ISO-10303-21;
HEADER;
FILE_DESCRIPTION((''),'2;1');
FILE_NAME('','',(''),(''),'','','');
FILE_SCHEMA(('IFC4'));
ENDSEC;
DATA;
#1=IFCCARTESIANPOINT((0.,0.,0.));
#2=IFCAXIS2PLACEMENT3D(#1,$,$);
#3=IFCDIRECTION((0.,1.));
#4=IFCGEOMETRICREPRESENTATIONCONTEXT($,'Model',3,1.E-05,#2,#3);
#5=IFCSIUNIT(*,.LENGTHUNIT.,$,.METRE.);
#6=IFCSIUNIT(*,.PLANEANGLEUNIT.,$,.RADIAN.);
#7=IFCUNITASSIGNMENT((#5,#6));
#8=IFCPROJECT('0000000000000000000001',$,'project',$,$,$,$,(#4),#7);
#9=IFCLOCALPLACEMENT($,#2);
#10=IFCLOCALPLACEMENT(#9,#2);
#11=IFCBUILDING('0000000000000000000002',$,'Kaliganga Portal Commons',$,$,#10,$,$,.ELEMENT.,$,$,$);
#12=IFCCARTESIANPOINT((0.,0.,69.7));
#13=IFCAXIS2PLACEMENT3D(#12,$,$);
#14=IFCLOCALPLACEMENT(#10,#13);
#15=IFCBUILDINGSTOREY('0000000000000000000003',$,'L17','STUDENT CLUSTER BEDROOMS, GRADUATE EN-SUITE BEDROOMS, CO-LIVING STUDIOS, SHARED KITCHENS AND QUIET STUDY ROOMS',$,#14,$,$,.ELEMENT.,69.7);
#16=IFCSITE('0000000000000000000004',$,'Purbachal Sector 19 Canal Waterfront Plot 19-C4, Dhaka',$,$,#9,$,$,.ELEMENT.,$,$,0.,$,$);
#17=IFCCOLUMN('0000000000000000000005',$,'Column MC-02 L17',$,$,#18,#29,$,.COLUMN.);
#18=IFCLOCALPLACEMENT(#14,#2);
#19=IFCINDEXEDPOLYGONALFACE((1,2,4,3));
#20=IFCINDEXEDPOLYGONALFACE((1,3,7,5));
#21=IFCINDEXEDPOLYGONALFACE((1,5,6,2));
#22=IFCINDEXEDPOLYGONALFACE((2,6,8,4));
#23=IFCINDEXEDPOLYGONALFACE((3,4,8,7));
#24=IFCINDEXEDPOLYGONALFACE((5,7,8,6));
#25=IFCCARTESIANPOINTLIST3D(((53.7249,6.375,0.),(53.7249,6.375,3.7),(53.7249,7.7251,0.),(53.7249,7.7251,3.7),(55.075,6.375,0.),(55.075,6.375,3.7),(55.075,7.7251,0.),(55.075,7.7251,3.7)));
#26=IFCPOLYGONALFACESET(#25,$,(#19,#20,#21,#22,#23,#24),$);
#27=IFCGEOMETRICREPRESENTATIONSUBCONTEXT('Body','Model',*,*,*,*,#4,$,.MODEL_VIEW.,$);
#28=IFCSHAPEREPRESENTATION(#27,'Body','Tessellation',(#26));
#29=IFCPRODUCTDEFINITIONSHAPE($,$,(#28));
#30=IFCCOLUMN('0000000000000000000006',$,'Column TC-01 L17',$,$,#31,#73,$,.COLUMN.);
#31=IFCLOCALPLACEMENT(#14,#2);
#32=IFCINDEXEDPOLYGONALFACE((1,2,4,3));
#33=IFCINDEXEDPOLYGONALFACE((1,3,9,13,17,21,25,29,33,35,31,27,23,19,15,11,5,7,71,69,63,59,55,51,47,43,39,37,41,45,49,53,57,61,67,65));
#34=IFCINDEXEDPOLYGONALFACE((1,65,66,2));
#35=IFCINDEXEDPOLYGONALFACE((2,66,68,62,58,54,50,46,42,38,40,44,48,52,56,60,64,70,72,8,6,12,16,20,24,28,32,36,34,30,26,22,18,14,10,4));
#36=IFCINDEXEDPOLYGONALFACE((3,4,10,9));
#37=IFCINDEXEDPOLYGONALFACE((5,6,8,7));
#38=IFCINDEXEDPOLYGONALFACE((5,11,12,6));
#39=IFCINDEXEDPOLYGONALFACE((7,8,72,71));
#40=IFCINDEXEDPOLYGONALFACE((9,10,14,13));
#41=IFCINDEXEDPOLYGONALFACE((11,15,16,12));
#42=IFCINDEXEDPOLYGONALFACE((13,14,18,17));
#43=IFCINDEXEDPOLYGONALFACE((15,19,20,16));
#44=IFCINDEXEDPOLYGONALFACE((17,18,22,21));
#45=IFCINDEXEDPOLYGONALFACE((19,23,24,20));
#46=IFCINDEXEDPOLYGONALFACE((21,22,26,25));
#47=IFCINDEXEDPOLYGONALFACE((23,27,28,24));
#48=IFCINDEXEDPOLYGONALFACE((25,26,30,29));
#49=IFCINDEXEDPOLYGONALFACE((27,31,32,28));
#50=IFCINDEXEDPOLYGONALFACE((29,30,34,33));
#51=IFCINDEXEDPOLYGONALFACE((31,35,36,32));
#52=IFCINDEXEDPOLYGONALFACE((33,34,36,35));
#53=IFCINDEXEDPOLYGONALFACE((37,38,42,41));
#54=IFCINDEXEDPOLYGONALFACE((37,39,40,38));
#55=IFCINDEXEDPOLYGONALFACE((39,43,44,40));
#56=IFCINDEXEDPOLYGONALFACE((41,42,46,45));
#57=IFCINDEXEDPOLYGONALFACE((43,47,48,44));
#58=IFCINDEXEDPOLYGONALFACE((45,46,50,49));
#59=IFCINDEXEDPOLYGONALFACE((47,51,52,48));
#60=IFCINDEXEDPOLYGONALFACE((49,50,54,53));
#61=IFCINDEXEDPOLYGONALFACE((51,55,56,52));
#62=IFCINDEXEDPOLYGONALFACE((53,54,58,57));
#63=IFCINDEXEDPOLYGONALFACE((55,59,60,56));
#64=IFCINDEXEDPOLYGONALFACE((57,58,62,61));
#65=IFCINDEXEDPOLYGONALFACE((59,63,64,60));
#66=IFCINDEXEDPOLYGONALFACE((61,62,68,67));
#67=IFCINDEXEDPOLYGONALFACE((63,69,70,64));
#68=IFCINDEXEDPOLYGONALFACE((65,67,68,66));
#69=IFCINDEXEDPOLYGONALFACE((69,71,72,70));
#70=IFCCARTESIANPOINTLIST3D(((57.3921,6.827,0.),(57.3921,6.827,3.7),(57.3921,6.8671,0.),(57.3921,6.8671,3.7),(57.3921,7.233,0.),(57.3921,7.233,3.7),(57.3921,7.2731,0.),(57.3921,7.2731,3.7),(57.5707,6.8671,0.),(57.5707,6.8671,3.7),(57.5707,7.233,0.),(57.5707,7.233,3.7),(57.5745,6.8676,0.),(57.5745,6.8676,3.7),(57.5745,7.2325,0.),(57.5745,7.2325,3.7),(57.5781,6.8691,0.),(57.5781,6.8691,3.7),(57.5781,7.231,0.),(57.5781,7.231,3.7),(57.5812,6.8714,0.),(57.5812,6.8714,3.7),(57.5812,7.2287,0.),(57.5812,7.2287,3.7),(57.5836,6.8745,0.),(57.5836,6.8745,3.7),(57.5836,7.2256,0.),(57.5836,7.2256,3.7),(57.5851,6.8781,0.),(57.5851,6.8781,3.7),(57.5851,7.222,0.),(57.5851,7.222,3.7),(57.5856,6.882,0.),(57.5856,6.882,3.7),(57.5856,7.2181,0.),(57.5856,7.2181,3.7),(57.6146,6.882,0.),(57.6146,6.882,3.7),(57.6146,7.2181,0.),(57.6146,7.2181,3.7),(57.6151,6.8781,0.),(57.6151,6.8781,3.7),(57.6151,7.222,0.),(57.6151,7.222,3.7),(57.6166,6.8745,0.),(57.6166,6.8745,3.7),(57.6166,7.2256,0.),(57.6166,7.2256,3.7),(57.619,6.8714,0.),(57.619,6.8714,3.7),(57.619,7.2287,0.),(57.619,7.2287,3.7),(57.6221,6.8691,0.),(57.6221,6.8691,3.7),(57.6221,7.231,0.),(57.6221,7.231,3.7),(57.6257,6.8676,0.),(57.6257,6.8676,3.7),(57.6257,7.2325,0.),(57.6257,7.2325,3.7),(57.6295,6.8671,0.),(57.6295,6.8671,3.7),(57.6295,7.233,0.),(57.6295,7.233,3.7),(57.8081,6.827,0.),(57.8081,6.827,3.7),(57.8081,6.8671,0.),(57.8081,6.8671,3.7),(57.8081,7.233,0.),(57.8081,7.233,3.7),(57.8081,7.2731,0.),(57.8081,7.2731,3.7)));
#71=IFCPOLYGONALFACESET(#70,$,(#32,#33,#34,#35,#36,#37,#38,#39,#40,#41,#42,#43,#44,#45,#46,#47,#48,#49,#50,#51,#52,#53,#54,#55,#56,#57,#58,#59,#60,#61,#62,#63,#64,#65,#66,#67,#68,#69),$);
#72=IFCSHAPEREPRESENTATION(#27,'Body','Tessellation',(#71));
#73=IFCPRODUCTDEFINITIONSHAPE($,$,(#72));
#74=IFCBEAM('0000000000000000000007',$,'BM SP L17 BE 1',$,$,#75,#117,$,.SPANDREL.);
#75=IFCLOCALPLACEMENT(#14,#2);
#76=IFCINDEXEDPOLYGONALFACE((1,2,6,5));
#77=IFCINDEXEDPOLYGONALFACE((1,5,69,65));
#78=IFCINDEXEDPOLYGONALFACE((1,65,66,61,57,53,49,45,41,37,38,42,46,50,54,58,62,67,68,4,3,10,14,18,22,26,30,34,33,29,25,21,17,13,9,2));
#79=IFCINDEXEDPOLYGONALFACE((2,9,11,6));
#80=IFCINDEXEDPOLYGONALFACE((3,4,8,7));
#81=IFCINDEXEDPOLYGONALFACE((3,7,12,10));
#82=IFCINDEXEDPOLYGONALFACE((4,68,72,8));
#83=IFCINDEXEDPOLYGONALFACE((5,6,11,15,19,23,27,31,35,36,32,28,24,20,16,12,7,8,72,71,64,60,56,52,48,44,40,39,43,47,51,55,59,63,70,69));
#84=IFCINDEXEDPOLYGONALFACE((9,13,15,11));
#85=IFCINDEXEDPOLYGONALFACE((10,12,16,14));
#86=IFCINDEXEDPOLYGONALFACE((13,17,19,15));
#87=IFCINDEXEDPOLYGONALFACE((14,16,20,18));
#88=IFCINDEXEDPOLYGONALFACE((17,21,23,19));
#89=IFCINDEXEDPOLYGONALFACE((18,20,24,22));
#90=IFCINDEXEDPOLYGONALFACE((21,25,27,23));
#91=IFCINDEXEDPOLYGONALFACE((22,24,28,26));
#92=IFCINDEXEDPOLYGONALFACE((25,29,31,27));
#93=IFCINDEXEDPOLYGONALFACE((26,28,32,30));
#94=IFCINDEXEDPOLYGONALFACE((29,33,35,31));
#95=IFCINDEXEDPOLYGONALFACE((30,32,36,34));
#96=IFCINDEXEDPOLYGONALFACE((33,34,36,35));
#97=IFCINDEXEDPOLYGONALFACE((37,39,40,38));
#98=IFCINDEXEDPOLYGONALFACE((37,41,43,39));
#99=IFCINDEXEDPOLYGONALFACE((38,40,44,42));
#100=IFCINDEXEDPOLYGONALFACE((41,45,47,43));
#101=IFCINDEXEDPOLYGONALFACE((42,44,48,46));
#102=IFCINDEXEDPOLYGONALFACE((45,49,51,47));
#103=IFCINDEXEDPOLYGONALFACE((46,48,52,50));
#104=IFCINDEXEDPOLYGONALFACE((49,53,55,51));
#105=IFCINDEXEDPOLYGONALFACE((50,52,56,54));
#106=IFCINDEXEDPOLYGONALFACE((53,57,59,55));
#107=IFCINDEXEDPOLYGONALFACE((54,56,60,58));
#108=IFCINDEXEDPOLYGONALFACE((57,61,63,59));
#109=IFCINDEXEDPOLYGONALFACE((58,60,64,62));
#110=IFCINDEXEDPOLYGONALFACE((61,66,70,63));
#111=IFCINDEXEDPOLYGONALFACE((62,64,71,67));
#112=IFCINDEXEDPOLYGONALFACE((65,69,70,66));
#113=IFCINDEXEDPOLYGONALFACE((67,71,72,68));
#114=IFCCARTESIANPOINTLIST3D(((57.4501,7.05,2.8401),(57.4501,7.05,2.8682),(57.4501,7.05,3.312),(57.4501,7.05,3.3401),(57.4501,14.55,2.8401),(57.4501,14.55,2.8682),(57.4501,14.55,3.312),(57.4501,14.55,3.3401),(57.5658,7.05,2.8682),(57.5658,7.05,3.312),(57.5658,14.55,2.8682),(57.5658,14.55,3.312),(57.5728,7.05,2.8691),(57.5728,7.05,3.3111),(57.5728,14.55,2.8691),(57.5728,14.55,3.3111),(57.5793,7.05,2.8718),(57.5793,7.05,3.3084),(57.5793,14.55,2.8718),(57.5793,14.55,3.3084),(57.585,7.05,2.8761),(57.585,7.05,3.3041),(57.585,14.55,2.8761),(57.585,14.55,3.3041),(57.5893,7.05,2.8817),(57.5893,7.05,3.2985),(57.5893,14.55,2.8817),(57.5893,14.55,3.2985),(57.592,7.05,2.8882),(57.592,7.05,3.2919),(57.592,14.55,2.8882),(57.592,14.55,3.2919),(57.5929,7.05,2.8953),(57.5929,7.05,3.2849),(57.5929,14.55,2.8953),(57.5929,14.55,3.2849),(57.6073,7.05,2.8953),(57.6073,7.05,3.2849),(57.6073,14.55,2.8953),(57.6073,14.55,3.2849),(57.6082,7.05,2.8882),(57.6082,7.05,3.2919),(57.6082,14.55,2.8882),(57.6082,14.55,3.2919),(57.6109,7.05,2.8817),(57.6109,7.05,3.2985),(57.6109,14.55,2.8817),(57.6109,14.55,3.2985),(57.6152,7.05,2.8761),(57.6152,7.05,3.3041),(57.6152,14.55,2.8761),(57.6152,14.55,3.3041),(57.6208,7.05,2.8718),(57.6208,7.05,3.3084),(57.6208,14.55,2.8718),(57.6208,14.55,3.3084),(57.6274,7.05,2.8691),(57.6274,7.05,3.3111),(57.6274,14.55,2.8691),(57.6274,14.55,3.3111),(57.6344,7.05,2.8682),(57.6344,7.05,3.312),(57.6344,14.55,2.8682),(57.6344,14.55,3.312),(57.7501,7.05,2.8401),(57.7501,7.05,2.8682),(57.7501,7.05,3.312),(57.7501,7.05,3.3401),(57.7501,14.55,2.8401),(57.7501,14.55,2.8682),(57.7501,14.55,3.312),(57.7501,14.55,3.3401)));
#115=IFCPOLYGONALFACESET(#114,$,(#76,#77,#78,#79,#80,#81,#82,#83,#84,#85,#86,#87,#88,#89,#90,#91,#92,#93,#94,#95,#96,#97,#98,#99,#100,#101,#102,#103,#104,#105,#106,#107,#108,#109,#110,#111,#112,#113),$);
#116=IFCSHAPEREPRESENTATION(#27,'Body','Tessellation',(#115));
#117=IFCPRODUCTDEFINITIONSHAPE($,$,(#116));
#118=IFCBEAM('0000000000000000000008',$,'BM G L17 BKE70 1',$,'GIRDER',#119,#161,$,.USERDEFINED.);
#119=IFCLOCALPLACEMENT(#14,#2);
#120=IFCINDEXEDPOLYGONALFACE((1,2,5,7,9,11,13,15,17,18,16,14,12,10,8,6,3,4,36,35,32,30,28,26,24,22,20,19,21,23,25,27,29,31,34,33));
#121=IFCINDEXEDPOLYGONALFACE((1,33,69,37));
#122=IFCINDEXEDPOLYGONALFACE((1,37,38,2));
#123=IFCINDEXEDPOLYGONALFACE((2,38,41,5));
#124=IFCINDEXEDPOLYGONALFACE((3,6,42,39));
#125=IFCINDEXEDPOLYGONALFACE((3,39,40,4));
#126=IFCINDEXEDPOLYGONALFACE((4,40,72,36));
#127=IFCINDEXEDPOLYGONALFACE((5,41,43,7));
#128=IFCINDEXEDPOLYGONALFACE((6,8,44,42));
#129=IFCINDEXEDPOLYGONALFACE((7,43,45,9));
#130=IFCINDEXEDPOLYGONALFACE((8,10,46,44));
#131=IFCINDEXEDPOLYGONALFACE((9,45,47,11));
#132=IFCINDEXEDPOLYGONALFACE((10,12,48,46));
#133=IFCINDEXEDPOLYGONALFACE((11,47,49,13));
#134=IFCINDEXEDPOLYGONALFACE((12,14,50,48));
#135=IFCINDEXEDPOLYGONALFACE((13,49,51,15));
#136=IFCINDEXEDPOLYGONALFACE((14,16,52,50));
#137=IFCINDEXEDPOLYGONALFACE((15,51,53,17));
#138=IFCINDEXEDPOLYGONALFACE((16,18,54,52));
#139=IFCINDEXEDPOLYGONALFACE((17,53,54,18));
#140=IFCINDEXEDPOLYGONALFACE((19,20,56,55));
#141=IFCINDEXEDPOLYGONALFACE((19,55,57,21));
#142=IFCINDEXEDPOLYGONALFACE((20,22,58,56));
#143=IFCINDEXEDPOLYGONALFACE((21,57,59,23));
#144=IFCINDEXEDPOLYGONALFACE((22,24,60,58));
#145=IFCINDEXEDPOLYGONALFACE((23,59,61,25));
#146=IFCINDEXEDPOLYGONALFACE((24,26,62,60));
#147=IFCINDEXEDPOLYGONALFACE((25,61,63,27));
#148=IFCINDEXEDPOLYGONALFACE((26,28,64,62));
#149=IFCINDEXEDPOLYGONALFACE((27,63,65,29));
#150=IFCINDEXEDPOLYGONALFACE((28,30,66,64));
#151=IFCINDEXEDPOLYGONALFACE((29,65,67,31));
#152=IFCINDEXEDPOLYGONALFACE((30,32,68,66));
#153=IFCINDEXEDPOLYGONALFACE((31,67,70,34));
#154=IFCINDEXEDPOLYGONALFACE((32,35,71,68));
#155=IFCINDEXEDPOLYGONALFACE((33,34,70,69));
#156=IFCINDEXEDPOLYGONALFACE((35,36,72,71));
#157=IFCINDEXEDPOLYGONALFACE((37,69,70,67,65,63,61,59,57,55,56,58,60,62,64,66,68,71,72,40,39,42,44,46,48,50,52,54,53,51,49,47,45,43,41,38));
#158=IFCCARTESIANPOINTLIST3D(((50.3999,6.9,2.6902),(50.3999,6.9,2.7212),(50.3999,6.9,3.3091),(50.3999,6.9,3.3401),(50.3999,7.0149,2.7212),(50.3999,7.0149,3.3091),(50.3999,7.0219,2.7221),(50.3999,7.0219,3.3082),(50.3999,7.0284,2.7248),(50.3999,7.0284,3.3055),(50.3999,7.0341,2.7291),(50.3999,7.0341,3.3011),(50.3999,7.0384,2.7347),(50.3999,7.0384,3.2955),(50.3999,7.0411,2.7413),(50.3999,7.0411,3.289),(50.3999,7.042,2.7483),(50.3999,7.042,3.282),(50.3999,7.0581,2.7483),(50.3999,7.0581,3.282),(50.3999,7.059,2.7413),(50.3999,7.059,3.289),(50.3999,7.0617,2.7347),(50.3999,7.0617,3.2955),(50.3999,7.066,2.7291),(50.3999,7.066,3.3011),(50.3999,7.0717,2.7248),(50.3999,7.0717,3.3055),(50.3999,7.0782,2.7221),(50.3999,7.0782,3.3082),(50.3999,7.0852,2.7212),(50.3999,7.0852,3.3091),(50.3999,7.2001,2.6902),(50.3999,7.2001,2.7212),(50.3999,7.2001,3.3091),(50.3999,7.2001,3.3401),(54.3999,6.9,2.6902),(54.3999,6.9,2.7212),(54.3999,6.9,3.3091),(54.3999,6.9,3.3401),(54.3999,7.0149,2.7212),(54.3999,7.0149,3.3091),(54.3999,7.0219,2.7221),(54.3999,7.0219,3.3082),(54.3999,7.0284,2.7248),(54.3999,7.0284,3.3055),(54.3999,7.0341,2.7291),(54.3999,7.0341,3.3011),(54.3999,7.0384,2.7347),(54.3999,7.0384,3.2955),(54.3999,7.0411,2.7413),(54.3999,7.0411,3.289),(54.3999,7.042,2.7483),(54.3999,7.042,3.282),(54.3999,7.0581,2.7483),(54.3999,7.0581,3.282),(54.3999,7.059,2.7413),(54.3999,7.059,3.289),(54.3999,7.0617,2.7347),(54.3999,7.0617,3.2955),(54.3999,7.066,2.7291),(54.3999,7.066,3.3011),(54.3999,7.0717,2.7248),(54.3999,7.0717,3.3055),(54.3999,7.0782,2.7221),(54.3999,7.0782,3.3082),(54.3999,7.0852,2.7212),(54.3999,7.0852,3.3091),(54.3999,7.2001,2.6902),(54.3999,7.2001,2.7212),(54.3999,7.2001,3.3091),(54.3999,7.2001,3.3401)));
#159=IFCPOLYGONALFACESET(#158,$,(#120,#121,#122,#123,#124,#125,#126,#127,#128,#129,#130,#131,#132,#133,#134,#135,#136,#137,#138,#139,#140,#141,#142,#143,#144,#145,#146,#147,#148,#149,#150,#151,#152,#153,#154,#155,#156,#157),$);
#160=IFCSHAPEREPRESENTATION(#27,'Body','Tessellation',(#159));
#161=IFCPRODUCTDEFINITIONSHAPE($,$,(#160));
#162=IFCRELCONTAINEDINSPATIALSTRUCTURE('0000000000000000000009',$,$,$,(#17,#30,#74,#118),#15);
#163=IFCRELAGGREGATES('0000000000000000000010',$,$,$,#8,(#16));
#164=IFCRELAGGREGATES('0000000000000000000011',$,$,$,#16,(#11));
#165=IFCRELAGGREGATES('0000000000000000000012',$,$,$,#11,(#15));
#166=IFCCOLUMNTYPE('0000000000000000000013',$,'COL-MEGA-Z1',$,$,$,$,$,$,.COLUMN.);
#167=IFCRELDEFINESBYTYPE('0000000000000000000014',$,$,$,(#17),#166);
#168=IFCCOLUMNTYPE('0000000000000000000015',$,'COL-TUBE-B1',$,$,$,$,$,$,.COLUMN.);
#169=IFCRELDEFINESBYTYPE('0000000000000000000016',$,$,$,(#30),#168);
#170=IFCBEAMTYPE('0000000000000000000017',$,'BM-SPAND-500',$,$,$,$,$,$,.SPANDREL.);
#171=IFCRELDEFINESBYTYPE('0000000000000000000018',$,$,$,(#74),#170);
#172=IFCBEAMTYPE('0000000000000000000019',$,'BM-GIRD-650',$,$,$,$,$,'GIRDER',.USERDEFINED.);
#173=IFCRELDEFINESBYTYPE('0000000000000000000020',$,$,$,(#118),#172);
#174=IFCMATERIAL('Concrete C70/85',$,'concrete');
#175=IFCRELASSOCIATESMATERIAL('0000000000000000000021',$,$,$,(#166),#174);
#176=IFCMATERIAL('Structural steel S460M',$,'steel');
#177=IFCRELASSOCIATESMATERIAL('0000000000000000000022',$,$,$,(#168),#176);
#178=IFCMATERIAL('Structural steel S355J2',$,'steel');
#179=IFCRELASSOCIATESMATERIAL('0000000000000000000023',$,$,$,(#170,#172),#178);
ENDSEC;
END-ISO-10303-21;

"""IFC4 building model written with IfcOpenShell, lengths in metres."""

from ifc_helpers import new_model, si_unit, direction, frame, origin, origin_2d, place, context, subcontext, project, spatial, rectangle, i_section, extrude, source, transform, mapped, material, material_profile, profile_set, type_object, element, save


model = new_model("IFC4")

# Units and contexts
model_context = context("Model", 3, precision=1e-05, world=origin(), true_north=direction((0.0, 1.0)))
body_context = subcontext(model_context, "Body", "Model", "MODEL_VIEW")
ifc_project = project(units=[si_unit("LENGTHUNIT", "METRE"), si_unit("PLANEANGLEUNIT", "RADIAN")], contexts=[model_context])

# Site, building, storey
site_placement = place(None, origin())
site = spatial("IfcSite", under=ifc_project, at=site_placement, Name="Purbachal Sector 19 Canal Waterfront Plot 19-C4, Dhaka", CompositionType="ELEMENT", RefElevation=0.0)
building_placement = place(site_placement, origin())
building = spatial("IfcBuilding", under=site, at=building_placement, Name="Kaliganga Portal Commons", CompositionType="ELEMENT")
storey_placement = place(building_placement, frame((0.0, 0.0, 69.7)))
storey = spatial("IfcBuildingStorey", under=building, at=storey_placement, Name="L17", Description="STUDENT CLUSTER BEDROOMS, GRADUATE EN-SUITE BEDROOMS, CO-LIVING STUDIOS, SHARED KITCHENS AND QUIET STUDY ROOMS", CompositionType="ELEMENT", Elevation=69.7)

# Columns
ifc_material_1 = material(Name="Concrete C70/85", Category="concrete")
ifc_material_profile_1 = material_profile(ifc_material_1, rectangle(XDim=1.3501, YDim=1.3501, at=origin_2d()), Name="RC 1350x1350")
ifc_profile_set_1 = profile_set([ifc_material_profile_1], Name="Concrete C70/85")
column_type_1 = type_object("IfcColumnType", Name="COL-MEGA-Z1", PredefinedType="COLUMN", material=ifc_profile_set_1)
shared_shape_1 = source(origin(), body_context, "Body", "SweptSolid", [
    extrude(rectangle(XDim=1.3501, YDim=1.3501, at=origin_2d()), origin(), (0.0, 0.0, 1.0), 3.7),
])
column_1_placement = place(storey_placement, frame((54.3999, 7.05, 0.0), z_axis=(0.0, 0.0, 1.0), x_axis=(1.0, 0.0, 0.0)))
element("IfcColumn", 1, at=column_1_placement, inside=storey, type_object=column_type_1, Name="Column MC-02 L17", PredefinedType="COLUMN", context=body_context, shape_type="MappedRepresentation", body=[
    mapped(shared_shape_1, transform((0.0, 0.0, 0.0), x_axis=(1.0, 0.0, 0.0), y_axis=(0.0, 1.0, 0.0), z_axis=(0.0, 0.0, 1.0), scale=1.0)),
])
ifc_material_2 = material(Name="Structural steel S460M", Category="steel")
ifc_material_profile_2 = material_profile(ifc_material_2, i_section(OverallWidth=0.416, OverallDepth=0.446, WebThickness=0.0291, FlangeThickness=0.04, FilletRadius=0.0149, at=origin_2d()), Name="HD 400x509")
ifc_profile_set_2 = profile_set([ifc_material_profile_2], Name="Structural steel S460M wide-flange")
column_type_2 = type_object("IfcColumnType", Name="COL-TUBE-B1", PredefinedType="COLUMN", material=ifc_profile_set_2)
shared_shape_2 = source(origin(), body_context, "Body", "SweptSolid", [
    extrude(i_section(OverallWidth=0.416, OverallDepth=0.446, WebThickness=0.0291, FlangeThickness=0.04, FilletRadius=0.0149, at=origin_2d()), origin(), (0.0, 0.0, 1.0), 3.7),
])
column_2_placement = place(storey_placement, frame((57.6001, 7.05, 0.0), z_axis=(0.0, 0.0, 1.0), x_axis=(1.0, 0.0, 0.0)))
element("IfcColumn", 2, at=column_2_placement, inside=storey, type_object=column_type_2, Name="Column TC-01 L17", PredefinedType="COLUMN", context=body_context, shape_type="MappedRepresentation", body=[
    mapped(shared_shape_2, transform((0.0, 0.0, 0.0), x_axis=(1.0, 0.0, 0.0), y_axis=(0.0, 1.0, 0.0), z_axis=(0.0, 0.0, 1.0), scale=1.0)),
])

# Beams
ifc_material_3 = material(Name="Structural steel S355J2", Category="steel")
ifc_material_profile_3 = material_profile(ifc_material_3, i_section(OverallWidth=0.3, OverallDepth=0.5, WebThickness=0.0144, FlangeThickness=0.0281, FilletRadius=0.0271, at=origin_2d()), Name="HE 500 B")
ifc_profile_set_3 = profile_set([ifc_material_profile_3], Name="Structural steel S355J2 wide-flange")
beam_type_1 = type_object("IfcBeamType", Name="BM-SPAND-500", PredefinedType="SPANDREL", material=ifc_profile_set_3)
shared_shape_3 = source(origin(), body_context, "Body", "SweptSolid", [
    extrude(i_section(OverallWidth=0.3, OverallDepth=0.5, WebThickness=0.0144, FlangeThickness=0.0281, FilletRadius=0.0271, at=origin_2d()), origin(), (0.0, 0.0, 1.0), 7.5),
])
beam_1_placement = place(storey_placement, frame((57.6001, 7.05, 3.0901), z_axis=(0.0, 1.0, 0.0), x_axis=(-1.0, 0.0, 0.0)))
element("IfcBeam", 3, at=beam_1_placement, inside=storey, type_object=beam_type_1, Name="BM SP L17 BE 1", PredefinedType="SPANDREL", context=body_context, shape_type="MappedRepresentation", body=[
    mapped(shared_shape_3, transform((0.0, 0.0, 0.0), x_axis=(1.0, 0.0, 0.0), y_axis=(0.0, 1.0, 0.0), z_axis=(0.0, 0.0, 1.0), scale=1.0)),
])
ifc_material_profile_4 = material_profile(ifc_material_3, i_section(OverallWidth=0.3, OverallDepth=0.6499, WebThickness=0.0161, FlangeThickness=0.031, FilletRadius=0.0271, at=origin_2d()), Name="HE 650 B")
ifc_profile_set_4 = profile_set([ifc_material_profile_4], Name="Structural steel S355J2 wide-flange")
beam_type_2 = type_object("IfcBeamType", Name="BM-GIRD-650", ElementType="GIRDER", PredefinedType="USERDEFINED", material=ifc_profile_set_4)
shared_shape_4 = source(origin(), body_context, "Body", "SweptSolid", [
    extrude(i_section(OverallWidth=0.3, OverallDepth=0.6499, WebThickness=0.0161, FlangeThickness=0.031, FilletRadius=0.0271, at=origin_2d()), origin(), (0.0, 0.0, 1.0), 4.0),
])
beam_2_placement = place(storey_placement, frame((50.3999, 7.05, 3.0151), z_axis=(1.0, 0.0, 0.0), x_axis=(0.0, 1.0, 0.0)))
element("IfcBeam", 4, at=beam_2_placement, inside=storey, type_object=beam_type_2, Name="BM G L17 BKE70 1", ObjectType="GIRDER", PredefinedType="USERDEFINED", context=body_context, shape_type="MappedRepresentation", body=[
    mapped(shared_shape_4, transform((0.0, 0.0, 0.0), x_axis=(1.0, 0.0, 0.0), y_axis=(0.0, 1.0, 0.0), z_axis=(0.0, 0.0, 1.0), scale=1.0)),
])

save(model, "model.ifc")
